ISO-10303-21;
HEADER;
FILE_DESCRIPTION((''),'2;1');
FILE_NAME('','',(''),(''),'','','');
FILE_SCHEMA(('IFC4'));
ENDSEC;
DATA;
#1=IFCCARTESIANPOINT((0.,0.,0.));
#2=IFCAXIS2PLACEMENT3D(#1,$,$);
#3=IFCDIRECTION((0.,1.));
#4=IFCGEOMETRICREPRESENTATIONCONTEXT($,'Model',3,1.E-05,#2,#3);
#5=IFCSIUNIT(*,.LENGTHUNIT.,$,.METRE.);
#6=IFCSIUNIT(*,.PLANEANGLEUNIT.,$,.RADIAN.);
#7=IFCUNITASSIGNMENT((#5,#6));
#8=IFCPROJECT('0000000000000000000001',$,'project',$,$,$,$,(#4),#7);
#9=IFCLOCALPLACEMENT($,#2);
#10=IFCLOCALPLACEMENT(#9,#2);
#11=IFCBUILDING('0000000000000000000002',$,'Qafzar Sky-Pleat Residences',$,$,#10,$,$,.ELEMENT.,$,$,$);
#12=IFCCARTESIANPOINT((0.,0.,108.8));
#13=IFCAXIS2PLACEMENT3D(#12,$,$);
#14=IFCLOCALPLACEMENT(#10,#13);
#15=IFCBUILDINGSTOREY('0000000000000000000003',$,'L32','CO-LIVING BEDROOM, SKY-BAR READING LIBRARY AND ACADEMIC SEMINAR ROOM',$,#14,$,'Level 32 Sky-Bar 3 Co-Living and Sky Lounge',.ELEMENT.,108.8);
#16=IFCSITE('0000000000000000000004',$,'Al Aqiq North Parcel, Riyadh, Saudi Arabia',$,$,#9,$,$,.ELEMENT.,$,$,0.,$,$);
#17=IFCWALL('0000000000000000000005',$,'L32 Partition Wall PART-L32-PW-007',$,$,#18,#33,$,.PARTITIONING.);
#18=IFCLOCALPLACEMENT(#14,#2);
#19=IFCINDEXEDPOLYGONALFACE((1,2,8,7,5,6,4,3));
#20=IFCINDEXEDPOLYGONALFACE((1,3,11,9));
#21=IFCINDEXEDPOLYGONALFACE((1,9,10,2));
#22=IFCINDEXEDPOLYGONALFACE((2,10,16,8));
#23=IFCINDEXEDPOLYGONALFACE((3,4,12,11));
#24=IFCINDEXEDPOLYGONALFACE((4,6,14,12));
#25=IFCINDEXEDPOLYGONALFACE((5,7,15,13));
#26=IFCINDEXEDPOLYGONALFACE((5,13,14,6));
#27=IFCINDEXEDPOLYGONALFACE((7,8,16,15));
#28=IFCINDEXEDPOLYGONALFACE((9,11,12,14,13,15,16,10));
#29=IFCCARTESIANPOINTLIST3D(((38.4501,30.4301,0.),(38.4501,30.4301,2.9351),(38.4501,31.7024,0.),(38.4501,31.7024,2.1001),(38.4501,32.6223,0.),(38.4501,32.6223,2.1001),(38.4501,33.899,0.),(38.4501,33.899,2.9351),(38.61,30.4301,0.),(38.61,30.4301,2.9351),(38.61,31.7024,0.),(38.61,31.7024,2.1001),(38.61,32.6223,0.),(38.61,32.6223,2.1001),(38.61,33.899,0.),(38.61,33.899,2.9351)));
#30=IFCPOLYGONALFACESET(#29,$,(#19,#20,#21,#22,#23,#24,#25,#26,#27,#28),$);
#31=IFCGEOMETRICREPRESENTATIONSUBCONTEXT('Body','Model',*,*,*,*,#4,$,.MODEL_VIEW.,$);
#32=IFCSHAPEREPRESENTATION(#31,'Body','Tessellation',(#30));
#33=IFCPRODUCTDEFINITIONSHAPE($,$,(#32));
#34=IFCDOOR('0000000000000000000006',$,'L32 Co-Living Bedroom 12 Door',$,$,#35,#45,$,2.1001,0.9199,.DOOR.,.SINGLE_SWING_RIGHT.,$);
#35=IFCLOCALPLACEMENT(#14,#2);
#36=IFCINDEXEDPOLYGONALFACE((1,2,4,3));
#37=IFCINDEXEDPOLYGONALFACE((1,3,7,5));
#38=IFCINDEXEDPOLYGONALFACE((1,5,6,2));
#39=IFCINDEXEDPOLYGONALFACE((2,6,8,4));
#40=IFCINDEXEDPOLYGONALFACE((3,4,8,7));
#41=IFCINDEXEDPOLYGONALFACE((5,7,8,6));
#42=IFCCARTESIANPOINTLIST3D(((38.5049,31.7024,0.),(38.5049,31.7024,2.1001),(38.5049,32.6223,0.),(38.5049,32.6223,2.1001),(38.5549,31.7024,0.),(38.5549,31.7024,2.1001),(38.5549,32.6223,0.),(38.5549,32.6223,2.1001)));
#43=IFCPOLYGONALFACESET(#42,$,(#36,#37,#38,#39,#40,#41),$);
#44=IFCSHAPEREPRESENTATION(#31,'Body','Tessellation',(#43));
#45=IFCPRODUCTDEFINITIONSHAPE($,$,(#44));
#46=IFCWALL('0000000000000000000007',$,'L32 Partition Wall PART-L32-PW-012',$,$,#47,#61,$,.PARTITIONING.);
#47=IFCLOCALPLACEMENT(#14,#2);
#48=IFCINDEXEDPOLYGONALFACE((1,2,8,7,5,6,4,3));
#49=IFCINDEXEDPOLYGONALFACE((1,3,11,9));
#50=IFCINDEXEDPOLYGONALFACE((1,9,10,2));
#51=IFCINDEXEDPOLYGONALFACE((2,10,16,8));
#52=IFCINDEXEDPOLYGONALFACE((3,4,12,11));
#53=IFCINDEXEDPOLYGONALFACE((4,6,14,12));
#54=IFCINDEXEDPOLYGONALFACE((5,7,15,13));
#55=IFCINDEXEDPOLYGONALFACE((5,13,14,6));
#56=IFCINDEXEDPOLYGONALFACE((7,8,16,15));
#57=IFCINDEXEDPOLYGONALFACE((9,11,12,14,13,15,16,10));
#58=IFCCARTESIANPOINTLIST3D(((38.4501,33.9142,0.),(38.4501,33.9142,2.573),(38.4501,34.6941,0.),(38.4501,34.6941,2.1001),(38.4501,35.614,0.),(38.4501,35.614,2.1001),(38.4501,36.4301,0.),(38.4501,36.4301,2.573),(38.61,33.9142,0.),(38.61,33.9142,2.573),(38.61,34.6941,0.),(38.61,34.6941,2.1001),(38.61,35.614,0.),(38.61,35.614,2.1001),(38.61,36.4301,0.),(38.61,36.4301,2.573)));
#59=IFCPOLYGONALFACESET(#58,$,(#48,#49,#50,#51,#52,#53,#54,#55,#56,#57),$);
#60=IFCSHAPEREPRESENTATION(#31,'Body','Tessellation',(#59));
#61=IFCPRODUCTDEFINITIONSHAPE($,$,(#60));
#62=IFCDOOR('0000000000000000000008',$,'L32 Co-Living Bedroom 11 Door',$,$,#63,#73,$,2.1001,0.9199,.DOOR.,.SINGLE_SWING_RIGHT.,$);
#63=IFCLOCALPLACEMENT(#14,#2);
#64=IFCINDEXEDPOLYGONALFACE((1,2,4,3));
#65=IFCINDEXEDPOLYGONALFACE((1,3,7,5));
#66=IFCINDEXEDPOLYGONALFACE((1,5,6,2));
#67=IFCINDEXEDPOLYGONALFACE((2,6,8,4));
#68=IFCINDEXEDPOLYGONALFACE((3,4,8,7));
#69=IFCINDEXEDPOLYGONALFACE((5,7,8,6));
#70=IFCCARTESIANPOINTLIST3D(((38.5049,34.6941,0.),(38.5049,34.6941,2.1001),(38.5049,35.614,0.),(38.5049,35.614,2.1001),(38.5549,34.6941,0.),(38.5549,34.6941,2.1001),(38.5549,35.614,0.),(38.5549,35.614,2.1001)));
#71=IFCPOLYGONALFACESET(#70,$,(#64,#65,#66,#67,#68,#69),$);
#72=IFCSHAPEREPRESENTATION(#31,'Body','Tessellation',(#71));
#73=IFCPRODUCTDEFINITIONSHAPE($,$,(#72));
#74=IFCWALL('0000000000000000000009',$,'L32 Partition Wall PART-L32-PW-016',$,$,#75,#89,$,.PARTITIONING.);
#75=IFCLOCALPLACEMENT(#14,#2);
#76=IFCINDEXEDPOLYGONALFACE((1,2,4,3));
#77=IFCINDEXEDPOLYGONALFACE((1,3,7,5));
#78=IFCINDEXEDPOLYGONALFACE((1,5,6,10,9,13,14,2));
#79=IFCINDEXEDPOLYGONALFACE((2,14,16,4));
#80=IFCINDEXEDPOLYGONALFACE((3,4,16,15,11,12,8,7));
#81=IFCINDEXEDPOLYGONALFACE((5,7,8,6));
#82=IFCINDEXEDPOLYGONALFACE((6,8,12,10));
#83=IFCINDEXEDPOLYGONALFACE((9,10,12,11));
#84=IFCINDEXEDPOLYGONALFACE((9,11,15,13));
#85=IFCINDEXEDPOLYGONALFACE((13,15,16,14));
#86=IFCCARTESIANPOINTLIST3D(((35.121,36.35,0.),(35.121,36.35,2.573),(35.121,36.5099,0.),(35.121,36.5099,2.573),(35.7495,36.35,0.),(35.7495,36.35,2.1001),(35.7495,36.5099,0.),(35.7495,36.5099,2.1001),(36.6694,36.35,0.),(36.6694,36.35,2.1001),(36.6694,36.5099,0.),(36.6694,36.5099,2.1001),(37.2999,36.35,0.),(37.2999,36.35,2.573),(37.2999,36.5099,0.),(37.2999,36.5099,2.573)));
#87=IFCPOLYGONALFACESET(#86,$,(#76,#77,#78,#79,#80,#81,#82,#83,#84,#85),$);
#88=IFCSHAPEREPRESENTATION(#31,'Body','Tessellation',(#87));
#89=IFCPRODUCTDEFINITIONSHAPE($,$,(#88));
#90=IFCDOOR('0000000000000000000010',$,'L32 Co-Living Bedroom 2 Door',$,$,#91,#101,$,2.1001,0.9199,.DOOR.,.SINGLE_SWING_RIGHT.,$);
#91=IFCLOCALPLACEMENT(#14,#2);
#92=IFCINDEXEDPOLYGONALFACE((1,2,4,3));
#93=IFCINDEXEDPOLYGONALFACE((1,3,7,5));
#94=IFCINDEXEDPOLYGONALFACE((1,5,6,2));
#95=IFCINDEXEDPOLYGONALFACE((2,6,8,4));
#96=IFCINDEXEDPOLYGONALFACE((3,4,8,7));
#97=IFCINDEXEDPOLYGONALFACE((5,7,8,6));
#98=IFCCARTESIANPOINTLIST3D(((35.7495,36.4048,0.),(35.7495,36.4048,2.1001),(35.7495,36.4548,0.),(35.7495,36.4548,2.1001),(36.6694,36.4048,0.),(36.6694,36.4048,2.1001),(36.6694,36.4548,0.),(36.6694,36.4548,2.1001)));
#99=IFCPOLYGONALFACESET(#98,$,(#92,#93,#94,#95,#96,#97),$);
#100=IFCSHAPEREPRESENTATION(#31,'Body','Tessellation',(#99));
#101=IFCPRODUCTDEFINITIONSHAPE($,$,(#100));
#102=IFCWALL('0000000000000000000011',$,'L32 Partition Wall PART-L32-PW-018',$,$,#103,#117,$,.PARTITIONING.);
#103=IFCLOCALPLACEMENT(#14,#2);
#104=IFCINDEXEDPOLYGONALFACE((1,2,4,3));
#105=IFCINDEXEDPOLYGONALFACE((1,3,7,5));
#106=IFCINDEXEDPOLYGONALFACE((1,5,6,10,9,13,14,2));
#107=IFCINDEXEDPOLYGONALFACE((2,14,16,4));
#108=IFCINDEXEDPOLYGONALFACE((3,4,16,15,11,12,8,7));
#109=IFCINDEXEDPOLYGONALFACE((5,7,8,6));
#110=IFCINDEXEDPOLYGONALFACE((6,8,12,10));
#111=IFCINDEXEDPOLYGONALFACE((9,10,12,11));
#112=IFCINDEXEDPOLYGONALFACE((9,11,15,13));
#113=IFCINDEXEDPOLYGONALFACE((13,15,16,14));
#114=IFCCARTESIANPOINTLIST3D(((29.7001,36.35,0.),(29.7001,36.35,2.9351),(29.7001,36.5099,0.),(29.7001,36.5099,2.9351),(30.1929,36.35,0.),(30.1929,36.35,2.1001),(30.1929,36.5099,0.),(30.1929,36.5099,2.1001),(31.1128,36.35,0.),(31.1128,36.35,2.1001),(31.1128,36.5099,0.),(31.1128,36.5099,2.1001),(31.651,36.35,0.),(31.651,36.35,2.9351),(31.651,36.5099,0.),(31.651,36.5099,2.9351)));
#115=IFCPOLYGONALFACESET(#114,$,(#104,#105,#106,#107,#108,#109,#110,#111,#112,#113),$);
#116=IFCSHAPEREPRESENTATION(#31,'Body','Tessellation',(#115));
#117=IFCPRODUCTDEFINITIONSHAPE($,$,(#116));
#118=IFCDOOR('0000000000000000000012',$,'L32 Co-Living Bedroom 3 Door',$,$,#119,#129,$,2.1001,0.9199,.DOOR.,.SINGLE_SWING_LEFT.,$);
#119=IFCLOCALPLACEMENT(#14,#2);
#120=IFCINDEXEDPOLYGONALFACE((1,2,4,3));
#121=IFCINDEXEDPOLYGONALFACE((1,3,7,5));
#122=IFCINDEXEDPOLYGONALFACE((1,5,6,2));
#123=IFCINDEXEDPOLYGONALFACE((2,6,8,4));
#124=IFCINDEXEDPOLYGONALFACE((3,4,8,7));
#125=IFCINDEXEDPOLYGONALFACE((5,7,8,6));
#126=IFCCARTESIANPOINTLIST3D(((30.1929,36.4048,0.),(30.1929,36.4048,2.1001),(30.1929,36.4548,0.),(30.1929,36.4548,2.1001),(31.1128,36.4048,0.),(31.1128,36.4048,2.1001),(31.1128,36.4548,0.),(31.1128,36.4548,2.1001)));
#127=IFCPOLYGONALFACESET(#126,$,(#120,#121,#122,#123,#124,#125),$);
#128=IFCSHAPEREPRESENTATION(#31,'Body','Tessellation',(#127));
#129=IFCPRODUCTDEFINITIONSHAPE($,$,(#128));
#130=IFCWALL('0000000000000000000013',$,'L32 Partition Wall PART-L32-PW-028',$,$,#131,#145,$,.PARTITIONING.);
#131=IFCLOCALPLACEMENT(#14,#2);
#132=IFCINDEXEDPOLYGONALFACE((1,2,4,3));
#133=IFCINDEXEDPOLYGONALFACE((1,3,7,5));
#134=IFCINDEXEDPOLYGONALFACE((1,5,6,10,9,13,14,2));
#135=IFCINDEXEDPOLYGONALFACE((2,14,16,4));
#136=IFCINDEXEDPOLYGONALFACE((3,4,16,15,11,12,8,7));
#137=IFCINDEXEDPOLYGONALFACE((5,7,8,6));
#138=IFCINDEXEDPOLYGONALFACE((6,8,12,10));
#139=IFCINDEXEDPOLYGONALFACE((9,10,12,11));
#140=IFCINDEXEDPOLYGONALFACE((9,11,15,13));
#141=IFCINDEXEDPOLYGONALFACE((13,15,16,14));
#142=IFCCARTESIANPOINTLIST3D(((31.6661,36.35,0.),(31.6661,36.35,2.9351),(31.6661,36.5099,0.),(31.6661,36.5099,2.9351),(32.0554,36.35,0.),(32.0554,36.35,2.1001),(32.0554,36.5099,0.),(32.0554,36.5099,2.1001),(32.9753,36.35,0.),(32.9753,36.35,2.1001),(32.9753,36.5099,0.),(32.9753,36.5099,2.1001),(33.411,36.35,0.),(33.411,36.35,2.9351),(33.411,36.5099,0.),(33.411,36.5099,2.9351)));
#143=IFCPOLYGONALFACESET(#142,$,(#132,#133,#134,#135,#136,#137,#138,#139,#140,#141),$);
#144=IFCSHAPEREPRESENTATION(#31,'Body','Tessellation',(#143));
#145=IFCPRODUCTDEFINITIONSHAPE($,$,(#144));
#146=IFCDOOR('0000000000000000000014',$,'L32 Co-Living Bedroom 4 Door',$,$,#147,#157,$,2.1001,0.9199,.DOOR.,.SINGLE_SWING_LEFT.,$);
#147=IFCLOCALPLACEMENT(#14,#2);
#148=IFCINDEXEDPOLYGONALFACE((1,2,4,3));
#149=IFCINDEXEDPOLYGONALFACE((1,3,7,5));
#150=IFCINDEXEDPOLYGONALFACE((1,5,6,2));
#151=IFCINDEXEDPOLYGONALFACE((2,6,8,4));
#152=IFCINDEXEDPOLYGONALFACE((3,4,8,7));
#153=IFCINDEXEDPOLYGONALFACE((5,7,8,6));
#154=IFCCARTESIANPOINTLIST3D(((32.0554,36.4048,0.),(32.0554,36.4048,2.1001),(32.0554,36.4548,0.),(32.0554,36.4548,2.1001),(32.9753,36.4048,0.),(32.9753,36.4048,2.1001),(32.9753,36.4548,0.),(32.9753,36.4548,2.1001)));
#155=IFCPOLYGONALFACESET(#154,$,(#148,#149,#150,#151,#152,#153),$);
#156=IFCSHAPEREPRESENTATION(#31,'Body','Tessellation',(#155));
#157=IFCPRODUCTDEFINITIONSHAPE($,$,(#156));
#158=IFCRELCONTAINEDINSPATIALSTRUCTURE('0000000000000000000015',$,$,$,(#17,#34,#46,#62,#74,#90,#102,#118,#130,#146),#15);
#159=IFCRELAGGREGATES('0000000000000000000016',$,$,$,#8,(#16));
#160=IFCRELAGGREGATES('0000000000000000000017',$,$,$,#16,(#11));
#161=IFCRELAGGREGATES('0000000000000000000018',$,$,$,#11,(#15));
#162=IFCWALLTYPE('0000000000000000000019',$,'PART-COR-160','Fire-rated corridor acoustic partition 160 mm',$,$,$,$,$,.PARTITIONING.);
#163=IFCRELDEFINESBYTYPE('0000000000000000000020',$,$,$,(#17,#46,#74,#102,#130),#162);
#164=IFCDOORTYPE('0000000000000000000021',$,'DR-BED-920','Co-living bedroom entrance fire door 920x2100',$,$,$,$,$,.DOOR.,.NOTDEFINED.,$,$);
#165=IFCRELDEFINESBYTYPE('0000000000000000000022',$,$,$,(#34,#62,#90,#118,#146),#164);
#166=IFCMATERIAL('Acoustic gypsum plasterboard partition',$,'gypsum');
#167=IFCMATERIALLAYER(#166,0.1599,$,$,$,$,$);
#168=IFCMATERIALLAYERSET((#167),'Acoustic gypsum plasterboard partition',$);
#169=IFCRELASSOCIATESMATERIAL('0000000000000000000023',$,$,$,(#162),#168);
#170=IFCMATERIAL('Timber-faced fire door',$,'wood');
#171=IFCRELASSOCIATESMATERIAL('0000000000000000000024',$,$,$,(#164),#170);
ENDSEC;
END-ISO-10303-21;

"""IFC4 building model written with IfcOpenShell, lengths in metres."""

from ifc_helpers import new_model, si_unit, direction, frame, frame_2d, origin, place, context, subcontext, project, spatial, rectangle, extrude, source, transform, mapped, material, layer, layer_set, type_object, element, fill, save


model = new_model("IFC4")

# Units and contexts
model_context = context("Model", 3, precision=1e-05, world=origin(), true_north=direction((0.0, 1.0)))
body_context = subcontext(model_context, "Body", "Model", "MODEL_VIEW")
ifc_project = project(units=[si_unit("LENGTHUNIT", "METRE"), si_unit("PLANEANGLEUNIT", "RADIAN")], contexts=[model_context])

# Site, building, storey
site_placement = place(None, origin())
site = spatial("IfcSite", under=ifc_project, at=site_placement, Name="Al Aqiq North Parcel, Riyadh, Saudi Arabia", CompositionType="ELEMENT", RefElevation=0.0)
building_placement = place(site_placement, origin())
building = spatial("IfcBuilding", under=site, at=building_placement, Name="Qafzar Sky-Pleat Residences", CompositionType="ELEMENT")
storey_placement = place(building_placement, frame((0.0, 0.0, 108.8)))
storey = spatial("IfcBuildingStorey", under=building, at=storey_placement, Name="L32", Description="CO-LIVING BEDROOM, SKY-BAR READING LIBRARY AND ACADEMIC SEMINAR ROOM", LongName="Level 32 Sky-Bar 3 Co-Living and Sky Lounge", CompositionType="ELEMENT", Elevation=108.8)

# Walls, openings, doors
ifc_material_1 = material(Name="Acoustic gypsum plasterboard partition", Category="gypsum")
ifc_layer_1 = layer(ifc_material_1, 0.1599)
ifc_layer_set_1 = layer_set([ifc_layer_1], Name="Acoustic gypsum plasterboard partition")
wall_type_1 = type_object("IfcWallType", Name="PART-COR-160", Description="Fire-rated corridor acoustic partition 160 mm", PredefinedType="PARTITIONING", material=ifc_layer_set_1)
wall_1_placement = place(storey_placement, frame((38.53, 33.8989, 0.0), z_axis=(0.0, 0.0, 1.0), x_axis=(0.0, -1.0, 0.0)))
wall_1 = element("IfcWall", 1, at=wall_1_placement, inside=storey, type_object=wall_type_1, Name="L32 Partition Wall PART-L32-PW-007", PredefinedType="PARTITIONING", context=body_context, shape_type="SweptSolid", body=[
    extrude(rectangle(XDim=3.469, YDim=0.1599, at=frame_2d((1.7344, 0.0))), origin(), (0.0, 0.0, 1.0), 2.9351),
])
opening_1_placement = place(wall_1_placement, frame((1.2766, 0.0, 0.0)))
opening_1 = element("IfcOpeningElement", 2, at=opening_1_placement, cuts=wall_1, PredefinedType="OPENING", context=body_context, shape_type="SweptSolid", body=[
    extrude(rectangle(XDim=0.9199, YDim=2.1001, at=frame_2d((0.46, 1.05))), frame((0.0, 0.0898, 0.0), z_axis=(0.0, -1.0, 0.0), x_axis=(1.0, 0.0, 0.0)), (0.0, 0.0, 1.0), 0.1799),
])
ifc_material_2 = material(Name="Timber-faced fire door", Category="wood")
door_type = type_object("IfcDoorType", Name="DR-BED-920", Description="Co-living bedroom entrance fire door 920x2100", OperationType="NOTDEFINED", PredefinedType="DOOR", material=ifc_material_2)
shared_shape_1 = source(origin(), body_context, "Body", "SweptSolid", [
    extrude(rectangle(XDim=0.9199, YDim=2.1001, at=frame_2d((0.46, 1.05))), frame((0.0, 0.0249, 0.0), z_axis=(0.0, -1.0, 0.0), x_axis=(1.0, 0.0, 0.0)), (0.0, 0.0, 1.0), 0.05),
])
door_1_placement = place(opening_1_placement, origin())
door_1 = element("IfcDoor", 3, at=door_1_placement, inside=storey, type_object=door_type, Name="L32 Co-Living Bedroom 12 Door", OperationType="SINGLE_SWING_RIGHT", OverallHeight=2.1001, OverallWidth=0.9199, PredefinedType="DOOR", context=body_context, shape_type="MappedRepresentation", body=[
    mapped(shared_shape_1, transform((0.0, 0.0, 0.0), x_axis=(1.0, 0.0, 0.0), y_axis=(0.0, 1.0, 0.0), z_axis=(0.0, 0.0, 1.0), scale=1.0)),
])
fill(opening_1, door_1)
wall_2_placement = place(storey_placement, frame((38.53, 36.4299, 0.0), z_axis=(0.0, 0.0, 1.0), x_axis=(0.0, -1.0, 0.0)))
wall_2 = element("IfcWall", 4, at=wall_2_placement, inside=storey, type_object=wall_type_1, Name="L32 Partition Wall PART-L32-PW-012", PredefinedType="PARTITIONING", context=body_context, shape_type="SweptSolid", body=[
    extrude(rectangle(XDim=2.5159, YDim=0.1599, at=frame_2d((1.2578, 0.0))), origin(), (0.0, 0.0, 1.0), 2.573),
])
opening_2_placement = place(wall_2_placement, frame((0.8159, 0.0, 0.0)))
opening_2 = element("IfcOpeningElement", 5, at=opening_2_placement, cuts=wall_2, PredefinedType="OPENING", context=body_context, shape_type="SweptSolid", body=[
    extrude(rectangle(XDim=0.9199, YDim=2.1001, at=frame_2d((0.46, 1.05))), frame((0.0, 0.0898, 0.0), z_axis=(0.0, -1.0, 0.0), x_axis=(1.0, 0.0, 0.0)), (0.0, 0.0, 1.0), 0.1799),
])
door_2_placement = place(opening_2_placement, origin())
door_2 = element("IfcDoor", 6, at=door_2_placement, inside=storey, type_object=door_type, Name="L32 Co-Living Bedroom 11 Door", OperationType="SINGLE_SWING_RIGHT", OverallHeight=2.1001, OverallWidth=0.9199, PredefinedType="DOOR", context=body_context, shape_type="MappedRepresentation", body=[
    mapped(shared_shape_1, transform((0.0, 0.0, 0.0), x_axis=(1.0, 0.0, 0.0), y_axis=(0.0, 1.0, 0.0), z_axis=(0.0, 0.0, 1.0), scale=1.0)),
])
fill(opening_2, door_2)
wall_3_placement = place(storey_placement, frame((35.1211, 36.4299, 0.0), z_axis=(0.0, 0.0, 1.0), x_axis=(1.0, 0.0, 0.0)))
wall_3 = element("IfcWall", 7, at=wall_3_placement, inside=storey, type_object=wall_type_1, Name="L32 Partition Wall PART-L32-PW-016", PredefinedType="PARTITIONING", context=body_context, shape_type="SweptSolid", body=[
    extrude(rectangle(XDim=2.179, YDim=0.1599, at=frame_2d((1.0894, 0.0))), origin(), (0.0, 0.0, 1.0), 2.573),
])
opening_3_placement = place(wall_3_placement, frame((0.6284, 0.0, 0.0)))
opening_3 = element("IfcOpeningElement", 8, at=opening_3_placement, cuts=wall_3, PredefinedType="OPENING", context=body_context, shape_type="SweptSolid", body=[
    extrude(rectangle(XDim=0.9199, YDim=2.1001, at=frame_2d((0.46, 1.05))), frame((0.0, 0.0898, 0.0), z_axis=(0.0, -1.0, 0.0), x_axis=(1.0, 0.0, 0.0)), (0.0, 0.0, 1.0), 0.1799),
])
door_3_placement = place(opening_3_placement, origin())
door_3 = element("IfcDoor", 9, at=door_3_placement, inside=storey, type_object=door_type, Name="L32 Co-Living Bedroom 2 Door", OperationType="SINGLE_SWING_RIGHT", OverallHeight=2.1001, OverallWidth=0.9199, PredefinedType="DOOR", context=body_context, shape_type="MappedRepresentation", body=[
    mapped(shared_shape_1, transform((0.0, 0.0, 0.0), x_axis=(1.0, 0.0, 0.0), y_axis=(0.0, 1.0, 0.0), z_axis=(0.0, 0.0, 1.0), scale=1.0)),
])
fill(opening_3, door_3)
wall_4_placement = place(storey_placement, frame((29.7, 36.4299, 0.0), z_axis=(0.0, 0.0, 1.0), x_axis=(1.0, 0.0, 0.0)))
wall_4 = element("IfcWall", 10, at=wall_4_placement, inside=storey, type_object=wall_type_1, Name="L32 Partition Wall PART-L32-PW-018", PredefinedType="PARTITIONING", context=body_context, shape_type="SweptSolid", body=[
    extrude(rectangle(XDim=1.9509, YDim=0.1599, at=frame_2d((0.9756, 0.0))), origin(), (0.0, 0.0, 1.0), 2.9351),
])
opening_4_placement = place(wall_4_placement, frame((0.4929, 0.0, 0.0)))
opening_4 = element("IfcOpeningElement", 11, at=opening_4_placement, cuts=wall_4, PredefinedType="OPENING", context=body_context, shape_type="SweptSolid", body=[
    extrude(rectangle(XDim=0.9199, YDim=2.1001, at=frame_2d((0.46, 1.05))), frame((0.0, 0.0898, 0.0), z_axis=(0.0, -1.0, 0.0), x_axis=(1.0, 0.0, 0.0)), (0.0, 0.0, 1.0), 0.1799),
])
door_4_placement = place(opening_4_placement, origin())
door_4 = element("IfcDoor", 12, at=door_4_placement, inside=storey, type_object=door_type, Name="L32 Co-Living Bedroom 3 Door", OperationType="SINGLE_SWING_LEFT", OverallHeight=2.1001, OverallWidth=0.9199, PredefinedType="DOOR", context=body_context, shape_type="MappedRepresentation", body=[
    mapped(shared_shape_1, transform((0.0, 0.0, 0.0), x_axis=(1.0, 0.0, 0.0), y_axis=(0.0, 1.0, 0.0), z_axis=(0.0, 0.0, 1.0), scale=1.0)),
])
fill(opening_4, door_4)
wall_5_placement = place(storey_placement, frame((31.666, 36.4299, 0.0), z_axis=(0.0, 0.0, 1.0), x_axis=(1.0, 0.0, 0.0)))
wall_5 = element("IfcWall", 13, at=wall_5_placement, inside=storey, type_object=wall_type_1, Name="L32 Partition Wall PART-L32-PW-028", PredefinedType="PARTITIONING", context=body_context, shape_type="SweptSolid", body=[
    extrude(rectangle(XDim=1.7449, YDim=0.1599, at=frame_2d((0.8726, 0.0))), origin(), (0.0, 0.0, 1.0), 2.9351),
])
opening_5_placement = place(wall_5_placement, frame((0.3894, 0.0, 0.0)))
opening_5 = element("IfcOpeningElement", 14, at=opening_5_placement, cuts=wall_5, PredefinedType="OPENING", context=body_context, shape_type="SweptSolid", body=[
    extrude(rectangle(XDim=0.9199, YDim=2.1001, at=frame_2d((0.46, 1.05))), frame((0.0, 0.0898, 0.0), z_axis=(0.0, -1.0, 0.0), x_axis=(1.0, 0.0, 0.0)), (0.0, 0.0, 1.0), 0.1799),
])
door_5_placement = place(opening_5_placement, origin())
door_5 = element("IfcDoor", 15, at=door_5_placement, inside=storey, type_object=door_type, Name="L32 Co-Living Bedroom 4 Door", OperationType="SINGLE_SWING_LEFT", OverallHeight=2.1001, OverallWidth=0.9199, PredefinedType="DOOR", context=body_context, shape_type="MappedRepresentation", body=[
    mapped(shared_shape_1, transform((0.0, 0.0, 0.0), x_axis=(1.0, 0.0, 0.0), y_axis=(0.0, 1.0, 0.0), z_axis=(0.0, 0.0, 1.0), scale=1.0)),
])
fill(opening_5, door_5)

save(model, "model.ifc")
